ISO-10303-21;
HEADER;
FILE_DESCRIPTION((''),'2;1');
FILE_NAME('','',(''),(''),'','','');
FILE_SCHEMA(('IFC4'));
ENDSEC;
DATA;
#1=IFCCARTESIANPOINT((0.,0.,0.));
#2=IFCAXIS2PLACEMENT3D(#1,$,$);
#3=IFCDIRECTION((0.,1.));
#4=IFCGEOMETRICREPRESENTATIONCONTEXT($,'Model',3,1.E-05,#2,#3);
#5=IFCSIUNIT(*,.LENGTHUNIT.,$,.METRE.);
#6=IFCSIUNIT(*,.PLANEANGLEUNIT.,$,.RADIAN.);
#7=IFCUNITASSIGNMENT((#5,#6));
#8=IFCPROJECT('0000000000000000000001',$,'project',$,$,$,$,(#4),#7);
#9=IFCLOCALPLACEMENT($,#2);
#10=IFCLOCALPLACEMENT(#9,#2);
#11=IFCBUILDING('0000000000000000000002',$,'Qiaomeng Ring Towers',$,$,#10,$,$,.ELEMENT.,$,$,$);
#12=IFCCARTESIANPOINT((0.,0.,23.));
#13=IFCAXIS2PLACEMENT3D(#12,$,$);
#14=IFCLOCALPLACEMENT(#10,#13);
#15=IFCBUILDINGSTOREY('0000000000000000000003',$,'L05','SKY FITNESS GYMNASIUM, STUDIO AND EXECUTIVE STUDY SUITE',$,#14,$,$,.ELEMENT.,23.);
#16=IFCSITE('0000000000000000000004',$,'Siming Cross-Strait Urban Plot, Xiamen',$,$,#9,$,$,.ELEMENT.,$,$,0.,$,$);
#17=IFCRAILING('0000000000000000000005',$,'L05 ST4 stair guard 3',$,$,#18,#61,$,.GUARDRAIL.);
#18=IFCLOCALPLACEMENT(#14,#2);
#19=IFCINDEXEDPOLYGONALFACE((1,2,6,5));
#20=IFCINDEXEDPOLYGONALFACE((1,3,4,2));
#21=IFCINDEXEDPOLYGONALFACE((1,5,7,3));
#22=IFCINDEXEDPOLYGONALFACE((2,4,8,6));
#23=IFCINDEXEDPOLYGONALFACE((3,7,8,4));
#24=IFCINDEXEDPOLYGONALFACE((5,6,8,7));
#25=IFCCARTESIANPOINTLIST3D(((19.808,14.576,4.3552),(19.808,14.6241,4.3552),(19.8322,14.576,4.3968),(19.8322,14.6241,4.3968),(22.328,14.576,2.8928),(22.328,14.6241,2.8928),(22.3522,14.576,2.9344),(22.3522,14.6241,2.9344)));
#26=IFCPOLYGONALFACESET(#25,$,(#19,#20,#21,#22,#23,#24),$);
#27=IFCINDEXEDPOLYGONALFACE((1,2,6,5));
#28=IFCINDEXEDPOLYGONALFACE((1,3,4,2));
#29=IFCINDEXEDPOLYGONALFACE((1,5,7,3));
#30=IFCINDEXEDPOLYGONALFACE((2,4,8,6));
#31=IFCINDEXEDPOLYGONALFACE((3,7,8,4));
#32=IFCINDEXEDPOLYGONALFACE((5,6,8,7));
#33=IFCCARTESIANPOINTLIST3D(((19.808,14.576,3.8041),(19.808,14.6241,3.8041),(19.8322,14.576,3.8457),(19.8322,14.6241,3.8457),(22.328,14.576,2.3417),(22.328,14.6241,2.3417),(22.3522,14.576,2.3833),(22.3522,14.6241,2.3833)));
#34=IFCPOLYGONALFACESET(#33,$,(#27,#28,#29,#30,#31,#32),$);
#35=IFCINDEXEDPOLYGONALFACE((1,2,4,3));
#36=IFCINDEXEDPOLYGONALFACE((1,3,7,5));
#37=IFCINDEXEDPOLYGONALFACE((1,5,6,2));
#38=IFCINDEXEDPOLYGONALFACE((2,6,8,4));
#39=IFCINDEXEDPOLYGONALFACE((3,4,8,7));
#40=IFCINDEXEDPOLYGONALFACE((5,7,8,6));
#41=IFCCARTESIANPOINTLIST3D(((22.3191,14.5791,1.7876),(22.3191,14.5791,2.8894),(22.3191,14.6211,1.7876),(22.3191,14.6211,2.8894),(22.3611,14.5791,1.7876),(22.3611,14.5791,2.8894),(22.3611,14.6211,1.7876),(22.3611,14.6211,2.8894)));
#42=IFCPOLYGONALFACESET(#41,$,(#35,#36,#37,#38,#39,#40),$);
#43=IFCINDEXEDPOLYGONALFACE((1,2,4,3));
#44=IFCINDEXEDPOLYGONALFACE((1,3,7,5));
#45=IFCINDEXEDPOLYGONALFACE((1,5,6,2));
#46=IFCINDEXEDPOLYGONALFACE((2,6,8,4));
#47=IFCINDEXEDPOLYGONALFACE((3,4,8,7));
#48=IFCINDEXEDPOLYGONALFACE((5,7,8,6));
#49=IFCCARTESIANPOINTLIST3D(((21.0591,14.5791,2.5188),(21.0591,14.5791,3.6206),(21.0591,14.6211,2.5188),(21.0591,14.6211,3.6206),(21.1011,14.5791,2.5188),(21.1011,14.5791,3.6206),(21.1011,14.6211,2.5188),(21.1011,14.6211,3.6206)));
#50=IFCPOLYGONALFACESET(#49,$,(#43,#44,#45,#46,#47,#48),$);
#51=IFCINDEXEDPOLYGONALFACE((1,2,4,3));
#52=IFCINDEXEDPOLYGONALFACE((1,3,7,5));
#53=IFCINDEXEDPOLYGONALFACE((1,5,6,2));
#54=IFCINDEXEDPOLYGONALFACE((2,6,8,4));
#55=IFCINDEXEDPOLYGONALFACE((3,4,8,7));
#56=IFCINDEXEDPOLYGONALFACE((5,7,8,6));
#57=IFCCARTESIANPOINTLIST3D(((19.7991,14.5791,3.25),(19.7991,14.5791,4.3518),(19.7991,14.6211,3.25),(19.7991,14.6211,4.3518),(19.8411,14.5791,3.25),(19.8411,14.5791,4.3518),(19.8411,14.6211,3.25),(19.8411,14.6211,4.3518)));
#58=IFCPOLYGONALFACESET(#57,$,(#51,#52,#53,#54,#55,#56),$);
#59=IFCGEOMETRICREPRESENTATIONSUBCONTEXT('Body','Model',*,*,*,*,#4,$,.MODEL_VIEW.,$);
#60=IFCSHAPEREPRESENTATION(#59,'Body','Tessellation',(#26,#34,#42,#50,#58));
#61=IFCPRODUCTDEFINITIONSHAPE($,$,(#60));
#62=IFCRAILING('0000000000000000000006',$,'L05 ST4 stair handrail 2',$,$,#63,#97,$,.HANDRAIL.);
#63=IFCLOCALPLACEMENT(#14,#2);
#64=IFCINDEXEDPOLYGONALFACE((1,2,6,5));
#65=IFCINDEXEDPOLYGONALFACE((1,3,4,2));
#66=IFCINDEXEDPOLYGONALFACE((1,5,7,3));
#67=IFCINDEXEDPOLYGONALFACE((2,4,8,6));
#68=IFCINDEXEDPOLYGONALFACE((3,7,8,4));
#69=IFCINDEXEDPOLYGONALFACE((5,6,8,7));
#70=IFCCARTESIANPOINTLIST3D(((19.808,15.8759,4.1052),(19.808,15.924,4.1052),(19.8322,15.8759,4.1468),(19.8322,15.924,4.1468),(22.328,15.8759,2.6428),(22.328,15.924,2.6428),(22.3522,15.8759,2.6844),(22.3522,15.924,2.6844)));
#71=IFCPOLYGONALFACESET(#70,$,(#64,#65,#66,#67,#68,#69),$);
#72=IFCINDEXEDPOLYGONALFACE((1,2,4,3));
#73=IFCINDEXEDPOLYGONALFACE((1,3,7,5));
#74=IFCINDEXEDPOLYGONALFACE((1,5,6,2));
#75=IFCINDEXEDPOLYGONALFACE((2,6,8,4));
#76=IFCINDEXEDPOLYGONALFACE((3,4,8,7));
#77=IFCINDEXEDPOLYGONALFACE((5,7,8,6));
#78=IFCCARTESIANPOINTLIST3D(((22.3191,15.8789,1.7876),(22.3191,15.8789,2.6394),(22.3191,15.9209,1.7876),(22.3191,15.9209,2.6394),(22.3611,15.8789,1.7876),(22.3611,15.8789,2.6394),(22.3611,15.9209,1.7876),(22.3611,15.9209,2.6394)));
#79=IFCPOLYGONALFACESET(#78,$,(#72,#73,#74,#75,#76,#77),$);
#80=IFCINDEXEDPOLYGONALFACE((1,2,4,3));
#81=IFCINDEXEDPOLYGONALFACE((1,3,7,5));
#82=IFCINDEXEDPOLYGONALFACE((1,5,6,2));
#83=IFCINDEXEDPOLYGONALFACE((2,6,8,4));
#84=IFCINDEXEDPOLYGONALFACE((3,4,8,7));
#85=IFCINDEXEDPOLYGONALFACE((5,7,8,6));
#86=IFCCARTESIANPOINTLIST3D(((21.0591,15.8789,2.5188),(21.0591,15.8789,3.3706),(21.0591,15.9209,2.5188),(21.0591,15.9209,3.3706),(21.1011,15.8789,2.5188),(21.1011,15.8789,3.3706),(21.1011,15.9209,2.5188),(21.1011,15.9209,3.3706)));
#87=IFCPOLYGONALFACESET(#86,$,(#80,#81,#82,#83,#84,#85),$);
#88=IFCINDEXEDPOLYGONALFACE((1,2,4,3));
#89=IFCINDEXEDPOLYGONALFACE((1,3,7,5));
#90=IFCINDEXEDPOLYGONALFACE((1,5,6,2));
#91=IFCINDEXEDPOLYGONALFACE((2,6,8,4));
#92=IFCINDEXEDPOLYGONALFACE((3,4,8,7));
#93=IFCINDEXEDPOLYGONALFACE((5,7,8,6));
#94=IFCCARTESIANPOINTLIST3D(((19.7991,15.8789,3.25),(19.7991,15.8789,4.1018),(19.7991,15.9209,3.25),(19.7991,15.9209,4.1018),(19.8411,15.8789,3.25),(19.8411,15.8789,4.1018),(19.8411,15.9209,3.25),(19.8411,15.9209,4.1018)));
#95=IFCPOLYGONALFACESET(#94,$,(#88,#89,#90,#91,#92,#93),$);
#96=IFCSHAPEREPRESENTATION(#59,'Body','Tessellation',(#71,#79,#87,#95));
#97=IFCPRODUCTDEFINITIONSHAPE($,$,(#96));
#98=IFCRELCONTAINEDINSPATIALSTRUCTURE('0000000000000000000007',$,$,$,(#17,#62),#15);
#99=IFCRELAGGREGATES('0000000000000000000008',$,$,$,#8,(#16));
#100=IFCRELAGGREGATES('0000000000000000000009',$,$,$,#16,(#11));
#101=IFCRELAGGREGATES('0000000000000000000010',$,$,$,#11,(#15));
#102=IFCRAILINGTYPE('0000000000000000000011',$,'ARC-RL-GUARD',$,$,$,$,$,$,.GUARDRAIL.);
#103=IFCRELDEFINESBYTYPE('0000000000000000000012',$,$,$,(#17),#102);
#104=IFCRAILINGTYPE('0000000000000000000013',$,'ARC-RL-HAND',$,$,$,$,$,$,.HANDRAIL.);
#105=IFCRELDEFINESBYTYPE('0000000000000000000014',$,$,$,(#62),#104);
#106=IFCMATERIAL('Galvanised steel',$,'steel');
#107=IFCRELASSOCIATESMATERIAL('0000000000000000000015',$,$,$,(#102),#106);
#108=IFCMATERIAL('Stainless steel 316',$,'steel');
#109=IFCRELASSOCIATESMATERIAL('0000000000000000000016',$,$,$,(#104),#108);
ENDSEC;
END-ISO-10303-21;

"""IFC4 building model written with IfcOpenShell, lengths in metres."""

from ifc_helpers import new_model, si_unit, direction, frame, origin, origin_2d, place, context, subcontext, project, spatial, rectangle, extrude, material, type_object, element, save


model = new_model("IFC4")

# Units and contexts
model_context = context("Model", 3, precision=1e-05, world=origin(), true_north=direction((0.0, 1.0)))
body_context = subcontext(model_context, "Body", "Model", "MODEL_VIEW")
ifc_project = project(units=[si_unit("LENGTHUNIT", "METRE"), si_unit("PLANEANGLEUNIT", "RADIAN")], contexts=[model_context])

# Site, building, storey
site_placement = place(None, origin())
site = spatial("IfcSite", under=ifc_project, at=site_placement, Name="Siming Cross-Strait Urban Plot, Xiamen", CompositionType="ELEMENT", RefElevation=0.0)
building_placement = place(site_placement, origin())
building = spatial("IfcBuilding", under=site, at=building_placement, Name="Qiaomeng Ring Towers", CompositionType="ELEMENT")
storey_placement = place(building_placement, frame((0.0, 0.0, 23.0)))
storey = spatial("IfcBuildingStorey", under=building, at=storey_placement, Name="L05", Description="SKY FITNESS GYMNASIUM, STUDIO AND EXECUTIVE STUDY SUITE", CompositionType="ELEMENT", Elevation=23.0)

# Shared definitions
ifc_material_1 = material(Name="Galvanised steel", Category="steel")

# Shared definitions
ifc_material_2 = material(Name="Stainless steel 316", Category="steel")

# Railings
railing_type_1 = type_object("IfcRailingType", Name="ARC-RL-GUARD", PredefinedType="GUARDRAIL", material=ifc_material_1)
railing_1_placement = place(storey_placement, frame((22.3401, 14.6001, 1.7876)))
element("IfcRailing", 1, at=railing_1_placement, inside=storey, type_object=railing_type_1, Name="L05 ST4 stair guard 3", PredefinedType="GUARDRAIL", context=body_context, shape_type="SweptSolid", body=[
    extrude(rectangle(XDim=0.0481, YDim=0.0481, at=origin_2d()), frame((0.0, 0.0, 1.126), z_axis=(-0.864913, 0.0, 0.501921), x_axis=(0.0, -1.0, 0.0)), (0.0, 0.0, 1.0), 2.9136),
    extrude(rectangle(XDim=0.0481, YDim=0.0481, at=origin_2d()), frame((0.0, 0.0, 0.575), z_axis=(-0.864913, 0.0, 0.501921), x_axis=(0.0, -1.0, 0.0)), (0.0, 0.0, 1.0), 2.9136),
    extrude(rectangle(XDim=0.042, YDim=0.042, at=origin_2d()), origin(), (0.0, 0.0, 1.0), 1.1018),
    extrude(rectangle(XDim=0.042, YDim=0.042, at=origin_2d()), frame((-1.26, 0.0, 0.7312)), (0.0, 0.0, 1.0), 1.1018),
    extrude(rectangle(XDim=0.042, YDim=0.042, at=origin_2d()), frame((-2.52, 0.0, 1.4624)), (0.0, 0.0, 1.0), 1.1018),
])
railing_type_2 = type_object("IfcRailingType", Name="ARC-RL-HAND", PredefinedType="HANDRAIL", material=ifc_material_2)
railing_2_placement = place(storey_placement, frame((22.3401, 15.8999, 1.7876)))
element("IfcRailing", 2, at=railing_2_placement, inside=storey, type_object=railing_type_2, Name="L05 ST4 stair handrail 2", PredefinedType="HANDRAIL", context=body_context, shape_type="SweptSolid", body=[
    extrude(rectangle(XDim=0.0481, YDim=0.0481, at=origin_2d()), frame((0.0, 0.0, 0.876), z_axis=(-0.864913, 0.0, 0.501921), x_axis=(0.0, -1.0, 0.0)), (0.0, 0.0, 1.0), 2.9136),
    extrude(rectangle(XDim=0.042, YDim=0.042, at=origin_2d()), origin(), (0.0, 0.0, 1.0), 0.8518),
    extrude(rectangle(XDim=0.042, YDim=0.042, at=origin_2d()), frame((-1.26, 0.0, 0.7312)), (0.0, 0.0, 1.0), 0.8518),
    extrude(rectangle(XDim=0.042, YDim=0.042, at=origin_2d()), frame((-2.52, 0.0, 1.4624)), (0.0, 0.0, 1.0), 0.8518),
])

save(model, "model.ifc")
